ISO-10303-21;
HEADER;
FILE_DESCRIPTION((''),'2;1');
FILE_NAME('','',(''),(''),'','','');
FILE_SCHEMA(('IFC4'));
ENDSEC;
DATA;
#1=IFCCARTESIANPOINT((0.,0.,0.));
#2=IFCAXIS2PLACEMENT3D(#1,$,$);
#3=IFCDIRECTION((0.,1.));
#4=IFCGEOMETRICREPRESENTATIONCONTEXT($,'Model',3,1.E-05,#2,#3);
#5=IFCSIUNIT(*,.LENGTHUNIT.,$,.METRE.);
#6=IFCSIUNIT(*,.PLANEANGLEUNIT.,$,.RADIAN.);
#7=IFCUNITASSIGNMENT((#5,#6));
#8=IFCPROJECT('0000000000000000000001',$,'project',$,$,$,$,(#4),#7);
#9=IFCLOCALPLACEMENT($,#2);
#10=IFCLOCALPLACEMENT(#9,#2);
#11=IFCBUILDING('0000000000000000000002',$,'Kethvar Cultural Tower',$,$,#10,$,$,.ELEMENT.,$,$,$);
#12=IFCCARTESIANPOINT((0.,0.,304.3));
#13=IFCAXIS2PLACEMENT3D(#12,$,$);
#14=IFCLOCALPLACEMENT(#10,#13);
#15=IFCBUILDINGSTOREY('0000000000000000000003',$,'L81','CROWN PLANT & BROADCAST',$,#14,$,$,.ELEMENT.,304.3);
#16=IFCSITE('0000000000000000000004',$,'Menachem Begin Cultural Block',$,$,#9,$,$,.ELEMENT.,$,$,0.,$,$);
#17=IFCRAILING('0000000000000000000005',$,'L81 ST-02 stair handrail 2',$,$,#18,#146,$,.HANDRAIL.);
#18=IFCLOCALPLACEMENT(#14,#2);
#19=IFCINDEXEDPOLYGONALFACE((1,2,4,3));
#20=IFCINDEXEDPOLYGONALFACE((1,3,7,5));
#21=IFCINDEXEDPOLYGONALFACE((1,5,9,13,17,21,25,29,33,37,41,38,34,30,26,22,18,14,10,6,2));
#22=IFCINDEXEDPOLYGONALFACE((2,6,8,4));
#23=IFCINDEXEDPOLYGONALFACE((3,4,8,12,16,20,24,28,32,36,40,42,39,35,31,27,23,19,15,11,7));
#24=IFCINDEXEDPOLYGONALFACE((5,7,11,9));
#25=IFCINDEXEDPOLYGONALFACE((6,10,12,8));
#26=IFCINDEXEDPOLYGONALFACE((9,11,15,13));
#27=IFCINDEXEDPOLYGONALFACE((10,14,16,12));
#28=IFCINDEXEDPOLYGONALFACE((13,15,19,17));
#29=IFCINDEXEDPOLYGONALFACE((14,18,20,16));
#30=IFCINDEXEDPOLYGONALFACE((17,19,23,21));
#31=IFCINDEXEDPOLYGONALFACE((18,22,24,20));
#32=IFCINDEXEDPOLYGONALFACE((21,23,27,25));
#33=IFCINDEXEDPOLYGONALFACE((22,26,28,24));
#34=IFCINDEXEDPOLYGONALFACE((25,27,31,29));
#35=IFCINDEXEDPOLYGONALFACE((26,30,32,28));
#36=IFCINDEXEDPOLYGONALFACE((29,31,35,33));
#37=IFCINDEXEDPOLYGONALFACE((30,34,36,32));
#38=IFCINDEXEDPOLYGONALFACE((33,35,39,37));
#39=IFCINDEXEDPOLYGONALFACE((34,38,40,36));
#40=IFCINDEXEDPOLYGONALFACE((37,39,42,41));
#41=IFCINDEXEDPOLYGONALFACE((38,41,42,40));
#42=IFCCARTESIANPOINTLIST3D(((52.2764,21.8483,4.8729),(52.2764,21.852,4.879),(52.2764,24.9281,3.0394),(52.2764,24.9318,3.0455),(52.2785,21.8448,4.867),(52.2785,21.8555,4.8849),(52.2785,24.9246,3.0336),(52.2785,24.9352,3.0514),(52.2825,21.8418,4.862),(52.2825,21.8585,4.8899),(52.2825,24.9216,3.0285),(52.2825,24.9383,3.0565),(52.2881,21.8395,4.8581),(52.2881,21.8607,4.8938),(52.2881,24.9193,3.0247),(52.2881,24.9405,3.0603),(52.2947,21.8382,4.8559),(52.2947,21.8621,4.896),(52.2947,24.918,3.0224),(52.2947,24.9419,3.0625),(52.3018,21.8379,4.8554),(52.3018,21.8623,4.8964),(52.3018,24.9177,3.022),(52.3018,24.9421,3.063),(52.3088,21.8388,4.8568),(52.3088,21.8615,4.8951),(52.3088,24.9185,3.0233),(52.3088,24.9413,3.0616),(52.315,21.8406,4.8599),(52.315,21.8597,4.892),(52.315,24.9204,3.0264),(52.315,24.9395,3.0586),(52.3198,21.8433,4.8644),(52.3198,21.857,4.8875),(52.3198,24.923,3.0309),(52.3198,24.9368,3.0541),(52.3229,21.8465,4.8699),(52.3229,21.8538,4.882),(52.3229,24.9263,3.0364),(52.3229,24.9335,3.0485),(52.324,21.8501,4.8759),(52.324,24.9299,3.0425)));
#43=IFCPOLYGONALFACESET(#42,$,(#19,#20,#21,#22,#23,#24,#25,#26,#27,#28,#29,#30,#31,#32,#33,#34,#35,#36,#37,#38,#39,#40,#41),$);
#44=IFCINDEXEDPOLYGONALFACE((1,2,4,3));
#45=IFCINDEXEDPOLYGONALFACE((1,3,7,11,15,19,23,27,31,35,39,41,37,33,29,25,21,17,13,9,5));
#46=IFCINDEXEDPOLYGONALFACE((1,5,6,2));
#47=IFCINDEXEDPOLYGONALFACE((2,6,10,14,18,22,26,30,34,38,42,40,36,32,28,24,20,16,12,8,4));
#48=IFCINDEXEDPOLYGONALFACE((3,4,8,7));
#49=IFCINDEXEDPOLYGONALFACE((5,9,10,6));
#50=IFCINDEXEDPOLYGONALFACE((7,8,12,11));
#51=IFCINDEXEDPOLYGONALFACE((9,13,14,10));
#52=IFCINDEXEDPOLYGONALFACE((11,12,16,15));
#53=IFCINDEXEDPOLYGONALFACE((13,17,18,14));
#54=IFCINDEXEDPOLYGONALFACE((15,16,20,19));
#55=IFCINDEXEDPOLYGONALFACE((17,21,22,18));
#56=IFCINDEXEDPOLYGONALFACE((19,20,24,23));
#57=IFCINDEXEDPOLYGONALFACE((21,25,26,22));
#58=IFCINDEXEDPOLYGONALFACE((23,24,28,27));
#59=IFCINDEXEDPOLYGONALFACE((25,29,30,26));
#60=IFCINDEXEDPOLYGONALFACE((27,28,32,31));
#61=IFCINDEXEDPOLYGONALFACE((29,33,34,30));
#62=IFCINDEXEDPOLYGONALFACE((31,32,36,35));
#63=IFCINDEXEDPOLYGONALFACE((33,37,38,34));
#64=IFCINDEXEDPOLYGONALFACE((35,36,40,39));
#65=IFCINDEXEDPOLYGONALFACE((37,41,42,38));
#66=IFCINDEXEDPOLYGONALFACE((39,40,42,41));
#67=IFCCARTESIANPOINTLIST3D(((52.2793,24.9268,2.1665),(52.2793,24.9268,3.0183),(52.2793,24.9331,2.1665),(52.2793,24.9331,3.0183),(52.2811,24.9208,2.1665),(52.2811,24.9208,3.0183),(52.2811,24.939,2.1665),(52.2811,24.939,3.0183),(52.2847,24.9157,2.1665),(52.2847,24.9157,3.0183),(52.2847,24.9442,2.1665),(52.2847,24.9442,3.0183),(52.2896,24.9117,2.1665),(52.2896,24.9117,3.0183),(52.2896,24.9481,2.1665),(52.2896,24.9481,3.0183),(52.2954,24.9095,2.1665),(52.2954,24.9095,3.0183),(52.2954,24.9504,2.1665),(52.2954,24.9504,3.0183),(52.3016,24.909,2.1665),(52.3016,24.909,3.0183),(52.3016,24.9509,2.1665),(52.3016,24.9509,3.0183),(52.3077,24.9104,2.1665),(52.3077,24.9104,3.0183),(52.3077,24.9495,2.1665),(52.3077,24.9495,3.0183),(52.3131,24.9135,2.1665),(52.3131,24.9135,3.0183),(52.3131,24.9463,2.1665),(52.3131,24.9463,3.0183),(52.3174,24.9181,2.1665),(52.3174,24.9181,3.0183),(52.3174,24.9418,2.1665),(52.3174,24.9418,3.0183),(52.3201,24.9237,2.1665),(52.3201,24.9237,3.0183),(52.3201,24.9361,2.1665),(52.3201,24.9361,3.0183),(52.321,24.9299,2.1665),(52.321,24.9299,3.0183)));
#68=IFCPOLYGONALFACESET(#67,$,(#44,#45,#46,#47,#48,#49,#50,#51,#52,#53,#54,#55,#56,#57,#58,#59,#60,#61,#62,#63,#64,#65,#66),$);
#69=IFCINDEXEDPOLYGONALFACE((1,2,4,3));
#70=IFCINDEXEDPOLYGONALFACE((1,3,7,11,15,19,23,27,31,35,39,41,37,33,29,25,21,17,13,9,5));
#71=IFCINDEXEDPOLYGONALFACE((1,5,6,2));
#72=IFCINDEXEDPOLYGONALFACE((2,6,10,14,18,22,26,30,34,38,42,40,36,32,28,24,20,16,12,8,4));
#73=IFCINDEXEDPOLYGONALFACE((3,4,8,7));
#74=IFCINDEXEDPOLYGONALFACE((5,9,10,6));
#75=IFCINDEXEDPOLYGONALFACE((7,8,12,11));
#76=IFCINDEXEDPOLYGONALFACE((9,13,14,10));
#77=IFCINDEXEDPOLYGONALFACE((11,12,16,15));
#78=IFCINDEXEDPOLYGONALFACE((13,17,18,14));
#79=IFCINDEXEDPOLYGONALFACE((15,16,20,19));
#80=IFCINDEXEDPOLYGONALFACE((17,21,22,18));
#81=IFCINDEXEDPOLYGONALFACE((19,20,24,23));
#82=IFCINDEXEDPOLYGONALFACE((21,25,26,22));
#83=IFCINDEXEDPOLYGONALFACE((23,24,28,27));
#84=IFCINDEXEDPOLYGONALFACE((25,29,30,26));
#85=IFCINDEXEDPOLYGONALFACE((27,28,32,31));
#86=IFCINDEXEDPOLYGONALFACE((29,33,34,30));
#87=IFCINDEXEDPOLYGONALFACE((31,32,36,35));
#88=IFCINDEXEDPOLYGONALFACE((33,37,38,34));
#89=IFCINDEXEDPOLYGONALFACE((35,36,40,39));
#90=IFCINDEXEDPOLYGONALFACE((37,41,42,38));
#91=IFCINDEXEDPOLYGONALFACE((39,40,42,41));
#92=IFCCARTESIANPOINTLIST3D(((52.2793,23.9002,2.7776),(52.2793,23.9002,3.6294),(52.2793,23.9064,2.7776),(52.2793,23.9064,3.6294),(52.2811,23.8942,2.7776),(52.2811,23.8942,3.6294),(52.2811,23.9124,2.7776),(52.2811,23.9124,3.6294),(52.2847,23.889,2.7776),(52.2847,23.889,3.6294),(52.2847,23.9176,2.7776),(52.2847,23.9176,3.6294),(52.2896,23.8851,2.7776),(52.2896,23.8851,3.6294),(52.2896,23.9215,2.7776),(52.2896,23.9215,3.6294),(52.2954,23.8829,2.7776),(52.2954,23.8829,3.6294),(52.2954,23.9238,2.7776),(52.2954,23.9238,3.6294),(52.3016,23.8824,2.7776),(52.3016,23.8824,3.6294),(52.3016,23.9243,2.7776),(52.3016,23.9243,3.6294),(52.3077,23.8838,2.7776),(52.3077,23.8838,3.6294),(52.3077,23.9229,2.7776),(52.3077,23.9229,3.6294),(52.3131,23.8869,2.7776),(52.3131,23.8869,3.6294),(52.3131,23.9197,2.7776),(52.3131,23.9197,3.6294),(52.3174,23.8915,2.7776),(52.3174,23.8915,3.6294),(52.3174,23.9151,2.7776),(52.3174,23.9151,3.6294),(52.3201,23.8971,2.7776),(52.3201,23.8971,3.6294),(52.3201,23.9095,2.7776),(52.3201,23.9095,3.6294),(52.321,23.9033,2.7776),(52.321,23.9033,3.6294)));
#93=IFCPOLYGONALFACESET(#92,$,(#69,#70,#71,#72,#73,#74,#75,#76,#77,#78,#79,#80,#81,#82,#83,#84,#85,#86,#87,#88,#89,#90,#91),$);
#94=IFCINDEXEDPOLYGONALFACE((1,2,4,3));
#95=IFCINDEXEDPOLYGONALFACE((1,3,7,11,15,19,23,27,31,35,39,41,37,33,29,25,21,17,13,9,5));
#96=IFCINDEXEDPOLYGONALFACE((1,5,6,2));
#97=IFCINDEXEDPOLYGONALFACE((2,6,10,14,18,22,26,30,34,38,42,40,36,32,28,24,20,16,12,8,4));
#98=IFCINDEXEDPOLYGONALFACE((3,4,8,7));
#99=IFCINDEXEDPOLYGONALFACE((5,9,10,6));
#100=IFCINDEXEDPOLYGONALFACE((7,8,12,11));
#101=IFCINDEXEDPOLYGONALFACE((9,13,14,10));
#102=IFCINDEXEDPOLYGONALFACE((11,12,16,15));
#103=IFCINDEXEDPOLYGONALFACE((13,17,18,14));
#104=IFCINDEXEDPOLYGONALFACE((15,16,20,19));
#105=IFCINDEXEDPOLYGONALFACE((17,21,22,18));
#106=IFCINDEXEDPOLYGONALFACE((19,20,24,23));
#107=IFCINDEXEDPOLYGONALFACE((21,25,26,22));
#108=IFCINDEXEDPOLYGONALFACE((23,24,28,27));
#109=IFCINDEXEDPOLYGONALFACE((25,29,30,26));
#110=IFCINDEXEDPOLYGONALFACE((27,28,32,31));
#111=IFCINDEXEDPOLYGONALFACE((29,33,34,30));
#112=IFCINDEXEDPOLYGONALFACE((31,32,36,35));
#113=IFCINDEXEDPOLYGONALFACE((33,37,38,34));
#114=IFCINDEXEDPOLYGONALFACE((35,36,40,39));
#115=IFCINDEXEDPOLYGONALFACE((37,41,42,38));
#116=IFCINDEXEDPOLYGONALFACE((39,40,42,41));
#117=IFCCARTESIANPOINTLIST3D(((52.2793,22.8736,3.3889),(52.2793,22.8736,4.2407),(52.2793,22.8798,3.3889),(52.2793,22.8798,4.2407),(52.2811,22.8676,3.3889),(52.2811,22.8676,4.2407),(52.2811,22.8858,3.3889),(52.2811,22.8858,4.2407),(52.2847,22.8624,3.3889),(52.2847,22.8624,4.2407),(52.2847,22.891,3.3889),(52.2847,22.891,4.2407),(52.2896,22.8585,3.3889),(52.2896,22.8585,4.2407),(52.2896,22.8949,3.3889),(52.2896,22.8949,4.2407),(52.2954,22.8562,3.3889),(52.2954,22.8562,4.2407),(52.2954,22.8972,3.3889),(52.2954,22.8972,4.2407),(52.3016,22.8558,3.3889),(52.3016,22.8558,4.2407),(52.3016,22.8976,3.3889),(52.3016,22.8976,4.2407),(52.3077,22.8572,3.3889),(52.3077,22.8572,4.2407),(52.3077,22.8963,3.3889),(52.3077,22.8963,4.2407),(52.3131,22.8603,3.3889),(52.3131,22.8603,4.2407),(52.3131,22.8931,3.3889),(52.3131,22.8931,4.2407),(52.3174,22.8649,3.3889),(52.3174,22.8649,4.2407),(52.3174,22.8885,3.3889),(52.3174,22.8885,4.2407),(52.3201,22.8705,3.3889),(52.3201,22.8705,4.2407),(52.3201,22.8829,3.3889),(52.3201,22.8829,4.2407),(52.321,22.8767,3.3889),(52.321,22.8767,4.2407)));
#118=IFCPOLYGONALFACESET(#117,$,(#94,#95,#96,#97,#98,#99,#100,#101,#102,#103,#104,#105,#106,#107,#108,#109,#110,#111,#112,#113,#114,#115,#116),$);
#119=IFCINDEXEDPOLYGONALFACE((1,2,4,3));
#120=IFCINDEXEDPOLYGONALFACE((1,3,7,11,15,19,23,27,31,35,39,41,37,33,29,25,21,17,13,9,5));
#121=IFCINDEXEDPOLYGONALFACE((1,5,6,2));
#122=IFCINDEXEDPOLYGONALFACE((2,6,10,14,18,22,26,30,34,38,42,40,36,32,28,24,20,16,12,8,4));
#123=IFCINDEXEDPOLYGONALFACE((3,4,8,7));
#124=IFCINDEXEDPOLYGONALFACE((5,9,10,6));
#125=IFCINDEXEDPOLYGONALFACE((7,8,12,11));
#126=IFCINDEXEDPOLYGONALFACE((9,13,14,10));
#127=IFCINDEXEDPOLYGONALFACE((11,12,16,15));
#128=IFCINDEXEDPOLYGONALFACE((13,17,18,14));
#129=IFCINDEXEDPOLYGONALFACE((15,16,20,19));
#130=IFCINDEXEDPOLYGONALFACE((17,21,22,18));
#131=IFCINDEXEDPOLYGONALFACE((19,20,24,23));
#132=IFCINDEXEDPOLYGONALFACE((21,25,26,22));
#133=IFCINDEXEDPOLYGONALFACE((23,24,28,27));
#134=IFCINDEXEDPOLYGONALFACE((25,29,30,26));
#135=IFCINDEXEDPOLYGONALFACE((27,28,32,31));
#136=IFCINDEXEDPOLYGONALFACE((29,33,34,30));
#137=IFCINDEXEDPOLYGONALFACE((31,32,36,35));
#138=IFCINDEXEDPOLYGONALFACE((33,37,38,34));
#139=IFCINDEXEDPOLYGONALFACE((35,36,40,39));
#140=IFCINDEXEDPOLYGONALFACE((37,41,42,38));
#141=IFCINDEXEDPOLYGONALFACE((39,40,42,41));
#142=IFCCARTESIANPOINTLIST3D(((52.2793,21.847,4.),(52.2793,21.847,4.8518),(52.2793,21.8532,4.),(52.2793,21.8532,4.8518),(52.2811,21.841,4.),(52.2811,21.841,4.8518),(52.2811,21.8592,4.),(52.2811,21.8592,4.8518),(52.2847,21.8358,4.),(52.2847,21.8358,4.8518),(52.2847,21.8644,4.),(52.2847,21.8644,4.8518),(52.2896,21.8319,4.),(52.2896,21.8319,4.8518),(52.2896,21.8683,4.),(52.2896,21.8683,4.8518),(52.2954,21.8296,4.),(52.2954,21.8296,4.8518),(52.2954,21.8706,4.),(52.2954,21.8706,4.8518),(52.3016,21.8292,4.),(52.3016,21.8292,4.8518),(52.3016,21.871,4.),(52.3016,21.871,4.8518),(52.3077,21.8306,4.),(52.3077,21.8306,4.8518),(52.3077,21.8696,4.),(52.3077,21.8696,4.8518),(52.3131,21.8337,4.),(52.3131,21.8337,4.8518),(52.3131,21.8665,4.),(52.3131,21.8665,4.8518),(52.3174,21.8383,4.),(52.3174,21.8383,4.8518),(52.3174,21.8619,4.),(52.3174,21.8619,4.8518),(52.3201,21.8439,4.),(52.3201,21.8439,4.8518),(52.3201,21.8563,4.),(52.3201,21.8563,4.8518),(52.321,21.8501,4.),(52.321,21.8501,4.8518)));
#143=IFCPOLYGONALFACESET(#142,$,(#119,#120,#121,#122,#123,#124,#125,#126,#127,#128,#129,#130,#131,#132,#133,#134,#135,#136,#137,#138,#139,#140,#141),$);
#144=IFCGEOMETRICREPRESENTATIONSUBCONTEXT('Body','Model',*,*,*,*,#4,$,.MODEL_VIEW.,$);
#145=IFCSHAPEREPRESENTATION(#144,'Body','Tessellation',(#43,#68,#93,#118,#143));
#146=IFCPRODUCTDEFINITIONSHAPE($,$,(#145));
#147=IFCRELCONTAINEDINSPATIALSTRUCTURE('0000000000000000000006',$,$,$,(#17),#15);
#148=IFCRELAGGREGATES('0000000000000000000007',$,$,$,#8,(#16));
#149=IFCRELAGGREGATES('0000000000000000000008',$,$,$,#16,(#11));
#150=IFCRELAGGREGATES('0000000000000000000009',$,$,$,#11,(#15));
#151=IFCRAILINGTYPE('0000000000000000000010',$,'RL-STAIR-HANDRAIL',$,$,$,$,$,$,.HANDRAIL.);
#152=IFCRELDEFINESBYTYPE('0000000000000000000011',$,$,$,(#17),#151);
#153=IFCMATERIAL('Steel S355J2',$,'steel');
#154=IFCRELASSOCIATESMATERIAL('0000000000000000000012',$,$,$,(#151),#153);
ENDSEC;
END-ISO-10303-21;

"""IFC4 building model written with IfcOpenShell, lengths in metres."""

from ifc_helpers import new_model, si_unit, direction, frame, origin, origin_2d, place, context, subcontext, project, spatial, circle, extrude, material, type_object, element, save


model = new_model("IFC4")

# Units and contexts
model_context = context("Model", 3, precision=1e-05, world=origin(), true_north=direction((0.0, 1.0)))
body_context = subcontext(model_context, "Body", "Model", "MODEL_VIEW")
ifc_project = project(units=[si_unit("LENGTHUNIT", "METRE"), si_unit("PLANEANGLEUNIT", "RADIAN")], contexts=[model_context])

# Site, building, storey
site_placement = place(None, origin())
site = spatial("IfcSite", under=ifc_project, at=site_placement, Name="Menachem Begin Cultural Block", CompositionType="ELEMENT", RefElevation=0.0)
building_placement = place(site_placement, origin())
building = spatial("IfcBuilding", under=site, at=building_placement, Name="Kethvar Cultural Tower", CompositionType="ELEMENT")
storey_placement = place(building_placement, frame((0.0, 0.0, 304.3)))
storey = spatial("IfcBuildingStorey", under=building, at=storey_placement, Name="L81", Description="CROWN PLANT & BROADCAST", CompositionType="ELEMENT", Elevation=304.3)

# Shared definitions
ifc_material_1 = material(Name="Steel S355J2", Category="steel")

# Railing
railing_type_1 = type_object("IfcRailingType", Name="RL-STAIR-HANDRAIL", PredefinedType="HANDRAIL", material=ifc_material_1)
railing_1_placement = place(storey_placement, frame((52.3, 24.9299, 2.1665)))
element("IfcRailing", 1, at=railing_1_placement, inside=storey, type_object=railing_type_1, Name="L81 ST-02 stair handrail 2", PredefinedType="HANDRAIL", context=body_context, shape_type="SweptSolid", body=[
    extrude(circle(Radius=0.0239, at=origin_2d()), frame((0.0, 0.0, 0.876), z_axis=(0.0, -0.859261, 0.511538), x_axis=(1.0, 0.0, 0.0)), (0.0, 0.0, 1.0), 3.5842),
    extrude(circle(Radius=0.021, at=origin_2d()), origin(), (0.0, 0.0, 1.0), 0.8518),
    extrude(circle(Radius=0.021, at=origin_2d()), frame((0.0, -1.0266, 0.6111)), (0.0, 0.0, 1.0), 0.8518),
    extrude(circle(Radius=0.021, at=origin_2d()), frame((0.0, -2.0532, 1.2224)), (0.0, 0.0, 1.0), 0.8518),
    extrude(circle(Radius=0.021, at=origin_2d()), frame((0.0, -3.0798, 1.8335)), (0.0, 0.0, 1.0), 0.8518),
])

save(model, "model.ifc")
